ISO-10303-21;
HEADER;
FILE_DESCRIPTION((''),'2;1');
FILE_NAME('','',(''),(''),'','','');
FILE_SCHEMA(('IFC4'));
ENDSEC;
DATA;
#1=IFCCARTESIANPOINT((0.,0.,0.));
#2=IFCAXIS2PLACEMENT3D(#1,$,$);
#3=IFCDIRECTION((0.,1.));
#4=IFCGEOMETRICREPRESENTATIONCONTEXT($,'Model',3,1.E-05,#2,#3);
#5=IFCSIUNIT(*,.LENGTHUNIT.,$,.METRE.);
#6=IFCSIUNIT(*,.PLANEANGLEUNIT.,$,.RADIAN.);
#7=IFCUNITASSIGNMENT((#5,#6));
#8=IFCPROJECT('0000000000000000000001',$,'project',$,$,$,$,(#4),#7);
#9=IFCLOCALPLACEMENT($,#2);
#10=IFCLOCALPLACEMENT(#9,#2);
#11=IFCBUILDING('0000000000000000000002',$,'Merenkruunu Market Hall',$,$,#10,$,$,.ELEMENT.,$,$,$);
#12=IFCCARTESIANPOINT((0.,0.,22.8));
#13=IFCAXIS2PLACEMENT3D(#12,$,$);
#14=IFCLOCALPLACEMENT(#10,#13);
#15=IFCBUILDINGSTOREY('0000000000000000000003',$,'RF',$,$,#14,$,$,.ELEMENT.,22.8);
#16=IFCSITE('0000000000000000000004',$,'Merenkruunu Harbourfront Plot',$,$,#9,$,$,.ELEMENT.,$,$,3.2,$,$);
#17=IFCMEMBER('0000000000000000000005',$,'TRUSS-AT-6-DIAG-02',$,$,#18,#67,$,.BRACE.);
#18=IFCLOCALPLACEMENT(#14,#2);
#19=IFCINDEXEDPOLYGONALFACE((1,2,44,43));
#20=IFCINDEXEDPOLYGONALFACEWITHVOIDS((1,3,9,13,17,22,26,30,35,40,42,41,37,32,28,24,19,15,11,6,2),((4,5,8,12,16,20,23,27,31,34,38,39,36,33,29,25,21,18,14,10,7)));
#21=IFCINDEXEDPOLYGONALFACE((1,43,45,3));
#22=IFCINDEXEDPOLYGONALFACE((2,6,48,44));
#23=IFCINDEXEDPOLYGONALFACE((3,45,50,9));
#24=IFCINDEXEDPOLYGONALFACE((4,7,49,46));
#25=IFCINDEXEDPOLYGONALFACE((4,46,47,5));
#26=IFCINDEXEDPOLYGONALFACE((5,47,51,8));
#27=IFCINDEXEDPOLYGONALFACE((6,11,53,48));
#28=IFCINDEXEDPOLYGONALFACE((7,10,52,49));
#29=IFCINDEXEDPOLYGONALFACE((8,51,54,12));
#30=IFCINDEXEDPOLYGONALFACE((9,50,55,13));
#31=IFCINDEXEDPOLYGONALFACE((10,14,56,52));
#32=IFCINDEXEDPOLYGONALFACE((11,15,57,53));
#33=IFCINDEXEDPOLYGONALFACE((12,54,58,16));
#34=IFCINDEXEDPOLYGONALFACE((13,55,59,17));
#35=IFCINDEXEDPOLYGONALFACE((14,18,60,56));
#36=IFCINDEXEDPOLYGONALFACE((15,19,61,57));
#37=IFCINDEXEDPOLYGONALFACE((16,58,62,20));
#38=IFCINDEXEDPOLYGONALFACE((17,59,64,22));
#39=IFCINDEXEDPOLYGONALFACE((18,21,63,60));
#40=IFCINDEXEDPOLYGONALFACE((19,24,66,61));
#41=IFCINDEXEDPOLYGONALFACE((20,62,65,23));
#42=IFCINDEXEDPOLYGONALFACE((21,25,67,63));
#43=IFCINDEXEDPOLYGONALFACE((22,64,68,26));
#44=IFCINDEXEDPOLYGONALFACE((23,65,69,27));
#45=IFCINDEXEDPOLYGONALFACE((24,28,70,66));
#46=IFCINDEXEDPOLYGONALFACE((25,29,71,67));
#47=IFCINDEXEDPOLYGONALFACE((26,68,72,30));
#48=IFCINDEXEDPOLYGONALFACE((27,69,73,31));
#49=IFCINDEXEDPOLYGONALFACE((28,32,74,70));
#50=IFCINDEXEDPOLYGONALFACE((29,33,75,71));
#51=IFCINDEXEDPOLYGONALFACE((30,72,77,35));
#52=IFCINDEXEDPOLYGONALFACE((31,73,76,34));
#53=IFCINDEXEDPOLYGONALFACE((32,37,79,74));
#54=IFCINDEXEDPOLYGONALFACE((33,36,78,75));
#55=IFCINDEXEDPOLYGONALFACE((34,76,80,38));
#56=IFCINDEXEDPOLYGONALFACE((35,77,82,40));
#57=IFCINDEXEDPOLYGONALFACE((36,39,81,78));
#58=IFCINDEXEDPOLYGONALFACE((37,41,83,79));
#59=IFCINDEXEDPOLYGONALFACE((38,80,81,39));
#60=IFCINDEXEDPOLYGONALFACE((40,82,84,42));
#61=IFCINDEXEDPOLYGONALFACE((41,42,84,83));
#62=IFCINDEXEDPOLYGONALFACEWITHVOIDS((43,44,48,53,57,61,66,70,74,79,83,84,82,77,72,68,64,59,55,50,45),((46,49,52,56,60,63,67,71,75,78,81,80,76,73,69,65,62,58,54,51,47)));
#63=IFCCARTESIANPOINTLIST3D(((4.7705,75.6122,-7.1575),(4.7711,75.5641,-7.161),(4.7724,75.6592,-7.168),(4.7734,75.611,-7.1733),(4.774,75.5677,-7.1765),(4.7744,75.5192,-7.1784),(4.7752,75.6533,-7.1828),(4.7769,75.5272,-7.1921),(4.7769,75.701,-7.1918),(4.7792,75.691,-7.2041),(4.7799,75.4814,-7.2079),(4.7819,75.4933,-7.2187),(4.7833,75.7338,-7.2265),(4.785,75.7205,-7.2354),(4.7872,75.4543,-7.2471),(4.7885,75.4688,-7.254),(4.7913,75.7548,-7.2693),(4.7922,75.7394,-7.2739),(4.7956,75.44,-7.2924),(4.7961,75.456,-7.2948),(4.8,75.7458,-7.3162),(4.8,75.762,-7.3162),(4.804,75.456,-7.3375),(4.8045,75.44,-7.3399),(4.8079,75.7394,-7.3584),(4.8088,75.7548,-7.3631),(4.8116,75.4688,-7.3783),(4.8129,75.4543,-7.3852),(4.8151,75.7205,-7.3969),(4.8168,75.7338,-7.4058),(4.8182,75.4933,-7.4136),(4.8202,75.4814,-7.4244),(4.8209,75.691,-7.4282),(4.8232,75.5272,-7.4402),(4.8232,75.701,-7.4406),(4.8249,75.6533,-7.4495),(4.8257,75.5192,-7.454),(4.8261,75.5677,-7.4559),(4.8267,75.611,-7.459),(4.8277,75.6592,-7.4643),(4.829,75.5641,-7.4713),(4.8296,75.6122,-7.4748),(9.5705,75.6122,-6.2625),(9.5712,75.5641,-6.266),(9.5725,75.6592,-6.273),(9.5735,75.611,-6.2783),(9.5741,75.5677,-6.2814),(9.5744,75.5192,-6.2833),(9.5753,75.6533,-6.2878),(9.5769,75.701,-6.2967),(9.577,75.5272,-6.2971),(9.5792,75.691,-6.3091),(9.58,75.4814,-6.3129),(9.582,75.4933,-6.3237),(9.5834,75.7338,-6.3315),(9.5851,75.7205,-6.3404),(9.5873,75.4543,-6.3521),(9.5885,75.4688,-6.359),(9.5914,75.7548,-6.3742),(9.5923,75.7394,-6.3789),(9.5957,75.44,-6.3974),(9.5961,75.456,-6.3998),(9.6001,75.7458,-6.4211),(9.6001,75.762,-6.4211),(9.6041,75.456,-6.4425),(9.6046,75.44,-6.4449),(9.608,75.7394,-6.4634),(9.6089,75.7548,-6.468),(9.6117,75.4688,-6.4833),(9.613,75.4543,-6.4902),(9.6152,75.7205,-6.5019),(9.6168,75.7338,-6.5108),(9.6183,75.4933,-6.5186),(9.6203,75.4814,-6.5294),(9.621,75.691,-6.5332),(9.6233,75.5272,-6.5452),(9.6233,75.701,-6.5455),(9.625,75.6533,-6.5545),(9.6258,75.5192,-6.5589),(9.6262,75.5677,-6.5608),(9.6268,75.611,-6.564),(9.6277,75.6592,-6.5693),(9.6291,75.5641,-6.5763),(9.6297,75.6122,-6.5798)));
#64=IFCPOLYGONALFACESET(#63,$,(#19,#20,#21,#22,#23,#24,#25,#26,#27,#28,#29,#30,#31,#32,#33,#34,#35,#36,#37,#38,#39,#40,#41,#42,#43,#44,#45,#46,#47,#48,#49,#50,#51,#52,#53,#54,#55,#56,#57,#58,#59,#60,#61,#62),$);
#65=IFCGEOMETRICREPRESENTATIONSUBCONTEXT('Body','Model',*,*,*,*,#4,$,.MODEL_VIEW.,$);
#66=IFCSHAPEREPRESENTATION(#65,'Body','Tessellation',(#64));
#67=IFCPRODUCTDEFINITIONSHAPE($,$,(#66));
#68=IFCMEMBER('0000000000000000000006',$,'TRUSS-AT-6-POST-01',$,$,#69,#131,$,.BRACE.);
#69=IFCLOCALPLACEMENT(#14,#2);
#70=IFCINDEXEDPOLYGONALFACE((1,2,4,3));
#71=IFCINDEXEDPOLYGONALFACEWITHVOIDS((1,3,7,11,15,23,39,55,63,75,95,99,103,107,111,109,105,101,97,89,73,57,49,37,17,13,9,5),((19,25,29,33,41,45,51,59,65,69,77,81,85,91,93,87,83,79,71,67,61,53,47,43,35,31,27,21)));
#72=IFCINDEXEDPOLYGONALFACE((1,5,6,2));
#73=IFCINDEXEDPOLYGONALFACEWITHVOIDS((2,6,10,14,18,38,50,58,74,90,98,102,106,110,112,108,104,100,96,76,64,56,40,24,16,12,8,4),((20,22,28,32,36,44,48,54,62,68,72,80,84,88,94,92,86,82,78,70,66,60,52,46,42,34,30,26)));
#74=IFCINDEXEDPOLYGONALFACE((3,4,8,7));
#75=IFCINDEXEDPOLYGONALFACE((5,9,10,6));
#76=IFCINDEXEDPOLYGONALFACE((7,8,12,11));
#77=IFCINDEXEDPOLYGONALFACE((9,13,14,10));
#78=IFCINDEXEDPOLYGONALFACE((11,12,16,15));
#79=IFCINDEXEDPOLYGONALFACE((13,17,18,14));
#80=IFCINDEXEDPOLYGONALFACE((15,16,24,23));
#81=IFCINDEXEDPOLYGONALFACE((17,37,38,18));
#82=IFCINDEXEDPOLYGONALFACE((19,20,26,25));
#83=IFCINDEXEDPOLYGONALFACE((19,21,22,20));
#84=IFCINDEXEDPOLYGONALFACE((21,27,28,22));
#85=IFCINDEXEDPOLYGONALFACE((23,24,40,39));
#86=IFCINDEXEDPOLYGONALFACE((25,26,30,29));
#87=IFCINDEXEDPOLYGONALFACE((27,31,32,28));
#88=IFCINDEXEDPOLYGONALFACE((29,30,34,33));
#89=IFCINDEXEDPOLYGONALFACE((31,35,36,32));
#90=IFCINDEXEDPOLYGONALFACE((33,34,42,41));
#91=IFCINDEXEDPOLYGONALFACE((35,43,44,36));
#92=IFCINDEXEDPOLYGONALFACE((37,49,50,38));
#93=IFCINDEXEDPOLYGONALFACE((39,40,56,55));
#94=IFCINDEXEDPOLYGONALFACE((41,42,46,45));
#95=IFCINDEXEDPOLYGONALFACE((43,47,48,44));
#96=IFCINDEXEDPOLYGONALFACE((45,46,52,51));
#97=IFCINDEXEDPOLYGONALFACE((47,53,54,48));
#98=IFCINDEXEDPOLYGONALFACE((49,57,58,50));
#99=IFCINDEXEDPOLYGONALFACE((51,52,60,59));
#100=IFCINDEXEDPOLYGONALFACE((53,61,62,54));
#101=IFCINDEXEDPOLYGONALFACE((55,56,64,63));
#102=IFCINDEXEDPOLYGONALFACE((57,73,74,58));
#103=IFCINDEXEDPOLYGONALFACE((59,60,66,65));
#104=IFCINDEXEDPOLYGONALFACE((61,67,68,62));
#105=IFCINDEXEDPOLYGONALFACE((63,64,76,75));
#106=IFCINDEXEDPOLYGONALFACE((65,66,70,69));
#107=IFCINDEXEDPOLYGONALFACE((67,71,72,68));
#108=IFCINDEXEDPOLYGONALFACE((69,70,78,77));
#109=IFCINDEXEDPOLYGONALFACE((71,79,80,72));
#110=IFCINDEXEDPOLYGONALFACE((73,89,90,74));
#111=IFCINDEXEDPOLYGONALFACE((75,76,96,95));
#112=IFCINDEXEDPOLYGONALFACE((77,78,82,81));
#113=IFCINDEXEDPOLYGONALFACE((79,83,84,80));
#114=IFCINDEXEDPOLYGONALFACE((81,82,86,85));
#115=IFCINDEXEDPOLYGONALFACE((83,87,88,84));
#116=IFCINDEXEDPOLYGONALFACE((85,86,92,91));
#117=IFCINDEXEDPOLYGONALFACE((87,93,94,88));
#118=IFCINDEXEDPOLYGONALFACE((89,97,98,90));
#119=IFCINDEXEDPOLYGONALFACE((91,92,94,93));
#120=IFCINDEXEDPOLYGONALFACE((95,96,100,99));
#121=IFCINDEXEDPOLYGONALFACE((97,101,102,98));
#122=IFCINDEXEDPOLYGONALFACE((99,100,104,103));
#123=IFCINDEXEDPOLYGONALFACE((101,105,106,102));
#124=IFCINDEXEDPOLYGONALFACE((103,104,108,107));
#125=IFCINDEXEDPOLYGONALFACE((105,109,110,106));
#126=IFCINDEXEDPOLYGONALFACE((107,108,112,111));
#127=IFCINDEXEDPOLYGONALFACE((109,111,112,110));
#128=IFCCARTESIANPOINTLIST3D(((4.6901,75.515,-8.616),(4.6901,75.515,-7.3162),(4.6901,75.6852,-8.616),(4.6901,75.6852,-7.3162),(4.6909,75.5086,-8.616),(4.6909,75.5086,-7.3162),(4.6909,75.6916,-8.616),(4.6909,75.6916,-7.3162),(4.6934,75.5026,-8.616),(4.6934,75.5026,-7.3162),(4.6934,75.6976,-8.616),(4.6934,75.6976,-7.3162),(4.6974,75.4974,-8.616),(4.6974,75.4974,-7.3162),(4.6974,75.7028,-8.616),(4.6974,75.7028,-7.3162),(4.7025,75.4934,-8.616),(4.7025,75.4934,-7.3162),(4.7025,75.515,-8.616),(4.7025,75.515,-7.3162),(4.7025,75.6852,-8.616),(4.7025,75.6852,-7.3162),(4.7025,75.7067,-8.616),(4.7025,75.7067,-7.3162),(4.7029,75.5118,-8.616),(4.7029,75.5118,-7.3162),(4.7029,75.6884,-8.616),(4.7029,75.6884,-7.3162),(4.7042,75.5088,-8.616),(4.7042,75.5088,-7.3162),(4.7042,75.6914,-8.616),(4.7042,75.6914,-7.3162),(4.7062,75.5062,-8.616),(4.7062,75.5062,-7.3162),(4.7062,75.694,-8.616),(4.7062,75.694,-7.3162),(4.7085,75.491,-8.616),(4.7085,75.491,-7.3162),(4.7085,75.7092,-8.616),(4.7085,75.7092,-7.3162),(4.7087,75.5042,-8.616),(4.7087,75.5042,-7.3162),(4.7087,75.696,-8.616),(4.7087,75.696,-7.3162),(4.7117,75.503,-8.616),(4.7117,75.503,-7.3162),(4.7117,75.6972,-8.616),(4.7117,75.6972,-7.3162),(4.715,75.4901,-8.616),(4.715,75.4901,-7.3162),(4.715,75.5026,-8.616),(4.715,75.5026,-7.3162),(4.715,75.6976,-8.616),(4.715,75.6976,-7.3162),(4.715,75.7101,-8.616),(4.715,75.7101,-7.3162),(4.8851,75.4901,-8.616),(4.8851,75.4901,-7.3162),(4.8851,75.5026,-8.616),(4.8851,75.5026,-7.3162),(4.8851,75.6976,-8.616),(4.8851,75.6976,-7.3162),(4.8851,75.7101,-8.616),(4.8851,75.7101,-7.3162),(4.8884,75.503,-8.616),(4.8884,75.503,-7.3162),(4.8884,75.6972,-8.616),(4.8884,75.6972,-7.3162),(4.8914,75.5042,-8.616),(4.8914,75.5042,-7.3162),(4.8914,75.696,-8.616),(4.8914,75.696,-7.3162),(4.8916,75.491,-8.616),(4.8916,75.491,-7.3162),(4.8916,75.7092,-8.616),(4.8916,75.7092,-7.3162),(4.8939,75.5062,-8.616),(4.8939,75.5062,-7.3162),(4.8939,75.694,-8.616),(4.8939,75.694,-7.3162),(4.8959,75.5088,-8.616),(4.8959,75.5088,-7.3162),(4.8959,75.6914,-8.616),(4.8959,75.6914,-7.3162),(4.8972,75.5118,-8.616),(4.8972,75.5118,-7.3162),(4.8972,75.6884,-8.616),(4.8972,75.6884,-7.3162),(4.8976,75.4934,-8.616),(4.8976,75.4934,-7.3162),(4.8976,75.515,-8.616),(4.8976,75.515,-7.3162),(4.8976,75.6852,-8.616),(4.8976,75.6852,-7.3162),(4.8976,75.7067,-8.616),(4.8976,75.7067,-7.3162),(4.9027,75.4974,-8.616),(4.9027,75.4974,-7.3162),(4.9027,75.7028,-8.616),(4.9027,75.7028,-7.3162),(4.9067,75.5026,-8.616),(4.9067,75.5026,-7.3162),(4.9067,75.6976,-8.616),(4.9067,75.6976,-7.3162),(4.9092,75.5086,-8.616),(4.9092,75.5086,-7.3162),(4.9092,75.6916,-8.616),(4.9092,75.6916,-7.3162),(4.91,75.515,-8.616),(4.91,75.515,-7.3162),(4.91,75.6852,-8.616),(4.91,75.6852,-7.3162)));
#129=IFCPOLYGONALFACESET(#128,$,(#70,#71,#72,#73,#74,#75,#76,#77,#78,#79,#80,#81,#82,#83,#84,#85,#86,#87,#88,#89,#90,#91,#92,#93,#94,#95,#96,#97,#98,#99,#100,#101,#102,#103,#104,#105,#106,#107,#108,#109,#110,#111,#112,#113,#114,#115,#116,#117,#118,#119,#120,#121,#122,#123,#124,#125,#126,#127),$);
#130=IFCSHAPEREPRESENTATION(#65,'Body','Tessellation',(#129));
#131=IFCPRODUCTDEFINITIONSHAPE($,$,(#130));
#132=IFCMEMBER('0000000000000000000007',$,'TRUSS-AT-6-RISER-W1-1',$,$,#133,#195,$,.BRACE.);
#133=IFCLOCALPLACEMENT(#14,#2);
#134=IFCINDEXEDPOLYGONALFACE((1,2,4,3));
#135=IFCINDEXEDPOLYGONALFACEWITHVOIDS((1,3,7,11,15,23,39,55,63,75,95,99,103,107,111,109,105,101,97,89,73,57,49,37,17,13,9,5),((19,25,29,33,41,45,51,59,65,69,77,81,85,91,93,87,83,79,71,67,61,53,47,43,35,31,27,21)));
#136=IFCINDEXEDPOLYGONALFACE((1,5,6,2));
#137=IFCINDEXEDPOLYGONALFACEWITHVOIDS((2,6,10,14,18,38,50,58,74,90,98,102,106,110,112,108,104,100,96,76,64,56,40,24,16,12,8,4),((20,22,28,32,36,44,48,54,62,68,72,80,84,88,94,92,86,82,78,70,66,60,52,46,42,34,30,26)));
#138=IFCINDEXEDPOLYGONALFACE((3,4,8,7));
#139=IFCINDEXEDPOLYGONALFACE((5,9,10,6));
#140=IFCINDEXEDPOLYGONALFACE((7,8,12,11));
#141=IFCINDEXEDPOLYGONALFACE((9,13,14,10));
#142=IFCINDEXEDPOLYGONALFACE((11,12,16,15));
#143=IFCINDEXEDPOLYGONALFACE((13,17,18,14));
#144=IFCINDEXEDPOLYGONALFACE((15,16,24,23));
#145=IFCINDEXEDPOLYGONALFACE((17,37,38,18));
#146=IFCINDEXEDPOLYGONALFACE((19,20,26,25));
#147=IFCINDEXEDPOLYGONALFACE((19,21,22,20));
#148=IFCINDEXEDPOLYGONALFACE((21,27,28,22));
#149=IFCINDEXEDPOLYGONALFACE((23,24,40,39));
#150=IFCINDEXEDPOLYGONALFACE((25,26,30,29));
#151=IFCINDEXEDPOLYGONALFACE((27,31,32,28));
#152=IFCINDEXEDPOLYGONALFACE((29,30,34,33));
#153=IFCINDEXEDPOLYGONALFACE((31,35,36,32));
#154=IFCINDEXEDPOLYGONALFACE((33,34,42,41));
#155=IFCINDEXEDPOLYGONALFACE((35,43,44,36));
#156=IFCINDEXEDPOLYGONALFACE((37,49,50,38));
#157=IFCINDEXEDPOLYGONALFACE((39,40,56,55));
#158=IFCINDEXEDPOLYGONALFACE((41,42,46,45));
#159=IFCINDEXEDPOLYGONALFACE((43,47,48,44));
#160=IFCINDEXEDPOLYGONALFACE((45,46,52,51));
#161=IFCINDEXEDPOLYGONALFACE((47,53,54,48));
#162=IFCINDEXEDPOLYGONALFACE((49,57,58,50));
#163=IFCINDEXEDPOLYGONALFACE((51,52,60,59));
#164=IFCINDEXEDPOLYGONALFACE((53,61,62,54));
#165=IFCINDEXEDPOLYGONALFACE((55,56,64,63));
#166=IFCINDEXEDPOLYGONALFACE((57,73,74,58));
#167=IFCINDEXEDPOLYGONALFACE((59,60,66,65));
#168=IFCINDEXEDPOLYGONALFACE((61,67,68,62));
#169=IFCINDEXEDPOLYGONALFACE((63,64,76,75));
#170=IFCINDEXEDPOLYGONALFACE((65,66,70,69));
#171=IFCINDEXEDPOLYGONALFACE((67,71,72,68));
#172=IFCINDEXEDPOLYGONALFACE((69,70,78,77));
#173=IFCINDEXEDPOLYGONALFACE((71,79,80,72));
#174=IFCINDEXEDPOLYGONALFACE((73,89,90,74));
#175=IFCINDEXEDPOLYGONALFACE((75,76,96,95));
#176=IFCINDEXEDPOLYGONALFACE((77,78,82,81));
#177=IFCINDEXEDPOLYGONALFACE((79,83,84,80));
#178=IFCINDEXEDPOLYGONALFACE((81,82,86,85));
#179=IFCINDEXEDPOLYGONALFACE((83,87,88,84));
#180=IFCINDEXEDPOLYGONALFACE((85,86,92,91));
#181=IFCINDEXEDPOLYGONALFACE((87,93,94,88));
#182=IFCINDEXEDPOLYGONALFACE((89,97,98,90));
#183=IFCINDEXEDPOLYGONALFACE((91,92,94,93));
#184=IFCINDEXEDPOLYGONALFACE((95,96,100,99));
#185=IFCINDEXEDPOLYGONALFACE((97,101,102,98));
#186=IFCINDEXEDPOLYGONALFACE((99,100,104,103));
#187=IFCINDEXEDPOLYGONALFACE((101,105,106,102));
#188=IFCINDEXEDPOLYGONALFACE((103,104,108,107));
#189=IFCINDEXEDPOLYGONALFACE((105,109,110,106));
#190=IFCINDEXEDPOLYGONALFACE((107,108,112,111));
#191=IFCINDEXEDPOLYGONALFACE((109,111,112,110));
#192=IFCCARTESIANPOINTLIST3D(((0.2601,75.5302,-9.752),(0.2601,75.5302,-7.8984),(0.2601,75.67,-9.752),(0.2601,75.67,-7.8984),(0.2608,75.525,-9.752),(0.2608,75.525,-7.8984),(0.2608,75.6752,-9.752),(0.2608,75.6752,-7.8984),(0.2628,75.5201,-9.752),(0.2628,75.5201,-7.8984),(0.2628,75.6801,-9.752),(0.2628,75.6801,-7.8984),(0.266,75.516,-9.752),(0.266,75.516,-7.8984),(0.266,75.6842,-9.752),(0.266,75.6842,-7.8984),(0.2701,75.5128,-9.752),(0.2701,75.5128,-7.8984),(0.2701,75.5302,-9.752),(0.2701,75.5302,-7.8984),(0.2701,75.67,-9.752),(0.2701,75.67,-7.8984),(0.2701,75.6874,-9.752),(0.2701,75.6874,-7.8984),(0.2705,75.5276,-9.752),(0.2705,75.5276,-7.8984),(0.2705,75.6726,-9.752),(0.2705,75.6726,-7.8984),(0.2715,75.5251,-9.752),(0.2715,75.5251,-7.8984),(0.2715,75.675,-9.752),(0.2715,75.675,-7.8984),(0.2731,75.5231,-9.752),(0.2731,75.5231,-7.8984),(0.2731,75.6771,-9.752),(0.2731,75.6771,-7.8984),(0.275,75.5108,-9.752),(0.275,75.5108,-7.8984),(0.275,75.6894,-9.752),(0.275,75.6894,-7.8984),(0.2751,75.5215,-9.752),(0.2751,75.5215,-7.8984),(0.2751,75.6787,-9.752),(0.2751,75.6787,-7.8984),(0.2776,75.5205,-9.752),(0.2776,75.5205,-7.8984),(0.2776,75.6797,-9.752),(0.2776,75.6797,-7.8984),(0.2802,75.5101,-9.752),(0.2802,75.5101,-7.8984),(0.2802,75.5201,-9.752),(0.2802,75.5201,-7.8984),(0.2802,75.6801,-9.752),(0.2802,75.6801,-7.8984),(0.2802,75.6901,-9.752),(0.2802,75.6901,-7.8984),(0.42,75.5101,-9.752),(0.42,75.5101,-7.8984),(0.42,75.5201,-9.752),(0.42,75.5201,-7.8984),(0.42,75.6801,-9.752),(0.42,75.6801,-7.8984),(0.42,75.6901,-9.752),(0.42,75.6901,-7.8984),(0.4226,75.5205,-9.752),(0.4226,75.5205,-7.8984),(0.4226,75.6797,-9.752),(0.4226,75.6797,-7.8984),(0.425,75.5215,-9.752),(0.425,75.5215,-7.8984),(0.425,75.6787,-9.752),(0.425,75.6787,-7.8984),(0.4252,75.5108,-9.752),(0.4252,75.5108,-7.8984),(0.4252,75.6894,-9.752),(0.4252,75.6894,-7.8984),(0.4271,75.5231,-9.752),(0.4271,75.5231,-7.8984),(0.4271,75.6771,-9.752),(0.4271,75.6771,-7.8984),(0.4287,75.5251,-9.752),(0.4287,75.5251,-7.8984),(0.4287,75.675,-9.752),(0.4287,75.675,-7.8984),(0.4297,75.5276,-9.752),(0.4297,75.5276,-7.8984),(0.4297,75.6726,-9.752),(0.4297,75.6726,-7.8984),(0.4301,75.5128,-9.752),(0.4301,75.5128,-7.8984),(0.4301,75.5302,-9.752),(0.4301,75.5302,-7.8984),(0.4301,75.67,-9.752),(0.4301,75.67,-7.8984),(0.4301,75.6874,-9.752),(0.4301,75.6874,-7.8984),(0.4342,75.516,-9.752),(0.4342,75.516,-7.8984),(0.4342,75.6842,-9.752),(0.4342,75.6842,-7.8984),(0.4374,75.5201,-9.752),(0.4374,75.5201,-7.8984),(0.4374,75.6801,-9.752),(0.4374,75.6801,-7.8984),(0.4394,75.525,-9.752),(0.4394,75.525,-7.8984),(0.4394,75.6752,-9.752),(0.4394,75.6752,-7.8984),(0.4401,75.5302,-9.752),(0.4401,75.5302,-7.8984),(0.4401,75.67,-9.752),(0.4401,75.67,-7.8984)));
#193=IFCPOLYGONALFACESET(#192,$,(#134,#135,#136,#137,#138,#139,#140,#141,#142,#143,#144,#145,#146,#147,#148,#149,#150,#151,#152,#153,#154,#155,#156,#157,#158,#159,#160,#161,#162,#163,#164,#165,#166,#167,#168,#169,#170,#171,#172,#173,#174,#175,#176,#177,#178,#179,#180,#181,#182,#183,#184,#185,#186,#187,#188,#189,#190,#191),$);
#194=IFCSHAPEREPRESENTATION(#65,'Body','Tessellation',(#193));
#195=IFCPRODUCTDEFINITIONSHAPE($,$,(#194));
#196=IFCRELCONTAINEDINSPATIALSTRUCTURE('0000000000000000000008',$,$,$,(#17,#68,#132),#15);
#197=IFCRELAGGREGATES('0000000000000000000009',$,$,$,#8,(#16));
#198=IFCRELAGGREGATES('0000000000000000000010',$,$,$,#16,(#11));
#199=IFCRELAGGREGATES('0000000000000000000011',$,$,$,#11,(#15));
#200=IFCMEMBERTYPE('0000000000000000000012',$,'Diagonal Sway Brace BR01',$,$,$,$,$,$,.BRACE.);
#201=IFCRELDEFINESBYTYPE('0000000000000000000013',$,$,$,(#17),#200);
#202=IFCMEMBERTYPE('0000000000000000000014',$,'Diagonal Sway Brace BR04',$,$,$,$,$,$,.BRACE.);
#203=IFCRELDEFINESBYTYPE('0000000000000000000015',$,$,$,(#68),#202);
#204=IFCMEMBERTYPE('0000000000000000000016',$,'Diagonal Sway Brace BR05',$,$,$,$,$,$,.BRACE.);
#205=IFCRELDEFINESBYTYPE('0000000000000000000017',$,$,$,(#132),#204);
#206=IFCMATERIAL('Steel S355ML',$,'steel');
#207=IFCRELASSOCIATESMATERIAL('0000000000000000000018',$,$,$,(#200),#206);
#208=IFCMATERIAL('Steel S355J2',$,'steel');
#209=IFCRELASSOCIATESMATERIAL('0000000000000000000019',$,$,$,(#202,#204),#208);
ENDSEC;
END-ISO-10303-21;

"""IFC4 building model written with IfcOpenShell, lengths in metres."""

from ifc_helpers import new_model, si_unit, direction, frame, origin, origin_2d, place, context, subcontext, project, spatial, hollow_rectangle, hollow_circle, extrude, material, material_profile, profile_set, type_object, element, save


model = new_model("IFC4")

# Units and contexts
model_context = context("Model", 3, precision=1e-05, world=origin(), true_north=direction((0.0, 1.0)))
body_context = subcontext(model_context, "Body", "Model", "MODEL_VIEW")
ifc_project = project(units=[si_unit("LENGTHUNIT", "METRE"), si_unit("PLANEANGLEUNIT", "RADIAN")], contexts=[model_context])

# Site, building, storey
site_placement = place(None, origin())
site = spatial("IfcSite", under=ifc_project, at=site_placement, Name="Merenkruunu Harbourfront Plot", CompositionType="ELEMENT", RefElevation=3.2)
building_placement = place(site_placement, origin())
building = spatial("IfcBuilding", under=site, at=building_placement, Name="Merenkruunu Market Hall", CompositionType="ELEMENT")
storey_placement = place(building_placement, frame((0.0, 0.0, 22.8)))
storey = spatial("IfcBuildingStorey", under=building, at=storey_placement, Name="RF", CompositionType="ELEMENT", Elevation=22.8)

# Shared definitions
ifc_material_1 = material(Name="Steel S355ML", Category="steel")

# Members
ifc_material_profile_1 = material_profile(ifc_material_1, hollow_circle(Radius=0.1619, WallThickness=0.0161, at=origin_2d()), Name="CHS 323.9x16")
ifc_profile_set_1 = profile_set([ifc_material_profile_1], Name="Steel S355ML")
member_type_1 = type_object("IfcMemberType", Name="Diagonal Sway Brace BR01", PredefinedType="BRACE", material=ifc_profile_set_1)
member_1_placement = place(storey_placement, frame((4.8, 75.6001, -7.3162), z_axis=(0.983057, 0.0, 0.183301), x_axis=(0.0, 1.0, 0.0)))
element("IfcMember", 1, at=member_1_placement, inside=storey, type_object=member_type_1, Name="TRUSS-AT-6-DIAG-02", PredefinedType="BRACE", context=body_context, shape_type="SweptSolid", body=[
    extrude(hollow_circle(Radius=0.1619, WallThickness=0.0161, at=origin_2d()), origin(), (0.0, 0.0, 1.0), 4.8828),
])
ifc_material_2 = material(Name="Steel S355J2", Category="steel")
ifc_material_profile_2 = material_profile(ifc_material_2, hollow_rectangle(XDim=0.22, YDim=0.22, WallThickness=0.0125, InnerFilletRadius=0.0125, OuterFilletRadius=0.0249, at=origin_2d()), Name="SHS 220x220x12.5")
ifc_profile_set_2 = profile_set([ifc_material_profile_2], Name="Steel S355J2")
member_type_2 = type_object("IfcMemberType", Name="Diagonal Sway Brace BR04", PredefinedType="BRACE", material=ifc_profile_set_2)
member_2_placement = place(storey_placement, frame((4.8, 75.6001, -8.616), z_axis=(0.0, 0.0, 1.0), x_axis=(1.0, 0.0, 0.0)))
element("IfcMember", 2, at=member_2_placement, inside=storey, type_object=member_type_2, Name="TRUSS-AT-6-POST-01", PredefinedType="BRACE", context=body_context, shape_type="SweptSolid", body=[
    extrude(hollow_rectangle(XDim=0.22, YDim=0.22, WallThickness=0.0125, InnerFilletRadius=0.0125, OuterFilletRadius=0.0249, at=origin_2d()), origin(), (0.0, 0.0, 1.0), 1.2998),
])
ifc_material_profile_3 = material_profile(ifc_material_2, hollow_rectangle(XDim=0.1799, YDim=0.1799, WallThickness=0.01, InnerFilletRadius=0.01, OuterFilletRadius=0.02, at=origin_2d()), Name="SHS 180x180x10")
ifc_profile_set_3 = profile_set([ifc_material_profile_3], Name="Steel S355J2")
member_type_3 = type_object("IfcMemberType", Name="Diagonal Sway Brace BR05", PredefinedType="BRACE", material=ifc_profile_set_3)
member_3_placement = place(storey_placement, frame((0.3501, 75.6001, -9.752), z_axis=(0.0, 0.0, 1.0), x_axis=(1.0, 0.0, 0.0)))
element("IfcMember", 3, at=member_3_placement, inside=storey, type_object=member_type_3, Name="TRUSS-AT-6-RISER-W1-1", PredefinedType="BRACE", context=body_context, shape_type="SweptSolid", body=[
    extrude(hollow_rectangle(XDim=0.1799, YDim=0.1799, WallThickness=0.01, InnerFilletRadius=0.01, OuterFilletRadius=0.02, at=origin_2d()), origin(), (0.0, 0.0, 1.0), 1.8535),
])

save(model, "model.ifc")
